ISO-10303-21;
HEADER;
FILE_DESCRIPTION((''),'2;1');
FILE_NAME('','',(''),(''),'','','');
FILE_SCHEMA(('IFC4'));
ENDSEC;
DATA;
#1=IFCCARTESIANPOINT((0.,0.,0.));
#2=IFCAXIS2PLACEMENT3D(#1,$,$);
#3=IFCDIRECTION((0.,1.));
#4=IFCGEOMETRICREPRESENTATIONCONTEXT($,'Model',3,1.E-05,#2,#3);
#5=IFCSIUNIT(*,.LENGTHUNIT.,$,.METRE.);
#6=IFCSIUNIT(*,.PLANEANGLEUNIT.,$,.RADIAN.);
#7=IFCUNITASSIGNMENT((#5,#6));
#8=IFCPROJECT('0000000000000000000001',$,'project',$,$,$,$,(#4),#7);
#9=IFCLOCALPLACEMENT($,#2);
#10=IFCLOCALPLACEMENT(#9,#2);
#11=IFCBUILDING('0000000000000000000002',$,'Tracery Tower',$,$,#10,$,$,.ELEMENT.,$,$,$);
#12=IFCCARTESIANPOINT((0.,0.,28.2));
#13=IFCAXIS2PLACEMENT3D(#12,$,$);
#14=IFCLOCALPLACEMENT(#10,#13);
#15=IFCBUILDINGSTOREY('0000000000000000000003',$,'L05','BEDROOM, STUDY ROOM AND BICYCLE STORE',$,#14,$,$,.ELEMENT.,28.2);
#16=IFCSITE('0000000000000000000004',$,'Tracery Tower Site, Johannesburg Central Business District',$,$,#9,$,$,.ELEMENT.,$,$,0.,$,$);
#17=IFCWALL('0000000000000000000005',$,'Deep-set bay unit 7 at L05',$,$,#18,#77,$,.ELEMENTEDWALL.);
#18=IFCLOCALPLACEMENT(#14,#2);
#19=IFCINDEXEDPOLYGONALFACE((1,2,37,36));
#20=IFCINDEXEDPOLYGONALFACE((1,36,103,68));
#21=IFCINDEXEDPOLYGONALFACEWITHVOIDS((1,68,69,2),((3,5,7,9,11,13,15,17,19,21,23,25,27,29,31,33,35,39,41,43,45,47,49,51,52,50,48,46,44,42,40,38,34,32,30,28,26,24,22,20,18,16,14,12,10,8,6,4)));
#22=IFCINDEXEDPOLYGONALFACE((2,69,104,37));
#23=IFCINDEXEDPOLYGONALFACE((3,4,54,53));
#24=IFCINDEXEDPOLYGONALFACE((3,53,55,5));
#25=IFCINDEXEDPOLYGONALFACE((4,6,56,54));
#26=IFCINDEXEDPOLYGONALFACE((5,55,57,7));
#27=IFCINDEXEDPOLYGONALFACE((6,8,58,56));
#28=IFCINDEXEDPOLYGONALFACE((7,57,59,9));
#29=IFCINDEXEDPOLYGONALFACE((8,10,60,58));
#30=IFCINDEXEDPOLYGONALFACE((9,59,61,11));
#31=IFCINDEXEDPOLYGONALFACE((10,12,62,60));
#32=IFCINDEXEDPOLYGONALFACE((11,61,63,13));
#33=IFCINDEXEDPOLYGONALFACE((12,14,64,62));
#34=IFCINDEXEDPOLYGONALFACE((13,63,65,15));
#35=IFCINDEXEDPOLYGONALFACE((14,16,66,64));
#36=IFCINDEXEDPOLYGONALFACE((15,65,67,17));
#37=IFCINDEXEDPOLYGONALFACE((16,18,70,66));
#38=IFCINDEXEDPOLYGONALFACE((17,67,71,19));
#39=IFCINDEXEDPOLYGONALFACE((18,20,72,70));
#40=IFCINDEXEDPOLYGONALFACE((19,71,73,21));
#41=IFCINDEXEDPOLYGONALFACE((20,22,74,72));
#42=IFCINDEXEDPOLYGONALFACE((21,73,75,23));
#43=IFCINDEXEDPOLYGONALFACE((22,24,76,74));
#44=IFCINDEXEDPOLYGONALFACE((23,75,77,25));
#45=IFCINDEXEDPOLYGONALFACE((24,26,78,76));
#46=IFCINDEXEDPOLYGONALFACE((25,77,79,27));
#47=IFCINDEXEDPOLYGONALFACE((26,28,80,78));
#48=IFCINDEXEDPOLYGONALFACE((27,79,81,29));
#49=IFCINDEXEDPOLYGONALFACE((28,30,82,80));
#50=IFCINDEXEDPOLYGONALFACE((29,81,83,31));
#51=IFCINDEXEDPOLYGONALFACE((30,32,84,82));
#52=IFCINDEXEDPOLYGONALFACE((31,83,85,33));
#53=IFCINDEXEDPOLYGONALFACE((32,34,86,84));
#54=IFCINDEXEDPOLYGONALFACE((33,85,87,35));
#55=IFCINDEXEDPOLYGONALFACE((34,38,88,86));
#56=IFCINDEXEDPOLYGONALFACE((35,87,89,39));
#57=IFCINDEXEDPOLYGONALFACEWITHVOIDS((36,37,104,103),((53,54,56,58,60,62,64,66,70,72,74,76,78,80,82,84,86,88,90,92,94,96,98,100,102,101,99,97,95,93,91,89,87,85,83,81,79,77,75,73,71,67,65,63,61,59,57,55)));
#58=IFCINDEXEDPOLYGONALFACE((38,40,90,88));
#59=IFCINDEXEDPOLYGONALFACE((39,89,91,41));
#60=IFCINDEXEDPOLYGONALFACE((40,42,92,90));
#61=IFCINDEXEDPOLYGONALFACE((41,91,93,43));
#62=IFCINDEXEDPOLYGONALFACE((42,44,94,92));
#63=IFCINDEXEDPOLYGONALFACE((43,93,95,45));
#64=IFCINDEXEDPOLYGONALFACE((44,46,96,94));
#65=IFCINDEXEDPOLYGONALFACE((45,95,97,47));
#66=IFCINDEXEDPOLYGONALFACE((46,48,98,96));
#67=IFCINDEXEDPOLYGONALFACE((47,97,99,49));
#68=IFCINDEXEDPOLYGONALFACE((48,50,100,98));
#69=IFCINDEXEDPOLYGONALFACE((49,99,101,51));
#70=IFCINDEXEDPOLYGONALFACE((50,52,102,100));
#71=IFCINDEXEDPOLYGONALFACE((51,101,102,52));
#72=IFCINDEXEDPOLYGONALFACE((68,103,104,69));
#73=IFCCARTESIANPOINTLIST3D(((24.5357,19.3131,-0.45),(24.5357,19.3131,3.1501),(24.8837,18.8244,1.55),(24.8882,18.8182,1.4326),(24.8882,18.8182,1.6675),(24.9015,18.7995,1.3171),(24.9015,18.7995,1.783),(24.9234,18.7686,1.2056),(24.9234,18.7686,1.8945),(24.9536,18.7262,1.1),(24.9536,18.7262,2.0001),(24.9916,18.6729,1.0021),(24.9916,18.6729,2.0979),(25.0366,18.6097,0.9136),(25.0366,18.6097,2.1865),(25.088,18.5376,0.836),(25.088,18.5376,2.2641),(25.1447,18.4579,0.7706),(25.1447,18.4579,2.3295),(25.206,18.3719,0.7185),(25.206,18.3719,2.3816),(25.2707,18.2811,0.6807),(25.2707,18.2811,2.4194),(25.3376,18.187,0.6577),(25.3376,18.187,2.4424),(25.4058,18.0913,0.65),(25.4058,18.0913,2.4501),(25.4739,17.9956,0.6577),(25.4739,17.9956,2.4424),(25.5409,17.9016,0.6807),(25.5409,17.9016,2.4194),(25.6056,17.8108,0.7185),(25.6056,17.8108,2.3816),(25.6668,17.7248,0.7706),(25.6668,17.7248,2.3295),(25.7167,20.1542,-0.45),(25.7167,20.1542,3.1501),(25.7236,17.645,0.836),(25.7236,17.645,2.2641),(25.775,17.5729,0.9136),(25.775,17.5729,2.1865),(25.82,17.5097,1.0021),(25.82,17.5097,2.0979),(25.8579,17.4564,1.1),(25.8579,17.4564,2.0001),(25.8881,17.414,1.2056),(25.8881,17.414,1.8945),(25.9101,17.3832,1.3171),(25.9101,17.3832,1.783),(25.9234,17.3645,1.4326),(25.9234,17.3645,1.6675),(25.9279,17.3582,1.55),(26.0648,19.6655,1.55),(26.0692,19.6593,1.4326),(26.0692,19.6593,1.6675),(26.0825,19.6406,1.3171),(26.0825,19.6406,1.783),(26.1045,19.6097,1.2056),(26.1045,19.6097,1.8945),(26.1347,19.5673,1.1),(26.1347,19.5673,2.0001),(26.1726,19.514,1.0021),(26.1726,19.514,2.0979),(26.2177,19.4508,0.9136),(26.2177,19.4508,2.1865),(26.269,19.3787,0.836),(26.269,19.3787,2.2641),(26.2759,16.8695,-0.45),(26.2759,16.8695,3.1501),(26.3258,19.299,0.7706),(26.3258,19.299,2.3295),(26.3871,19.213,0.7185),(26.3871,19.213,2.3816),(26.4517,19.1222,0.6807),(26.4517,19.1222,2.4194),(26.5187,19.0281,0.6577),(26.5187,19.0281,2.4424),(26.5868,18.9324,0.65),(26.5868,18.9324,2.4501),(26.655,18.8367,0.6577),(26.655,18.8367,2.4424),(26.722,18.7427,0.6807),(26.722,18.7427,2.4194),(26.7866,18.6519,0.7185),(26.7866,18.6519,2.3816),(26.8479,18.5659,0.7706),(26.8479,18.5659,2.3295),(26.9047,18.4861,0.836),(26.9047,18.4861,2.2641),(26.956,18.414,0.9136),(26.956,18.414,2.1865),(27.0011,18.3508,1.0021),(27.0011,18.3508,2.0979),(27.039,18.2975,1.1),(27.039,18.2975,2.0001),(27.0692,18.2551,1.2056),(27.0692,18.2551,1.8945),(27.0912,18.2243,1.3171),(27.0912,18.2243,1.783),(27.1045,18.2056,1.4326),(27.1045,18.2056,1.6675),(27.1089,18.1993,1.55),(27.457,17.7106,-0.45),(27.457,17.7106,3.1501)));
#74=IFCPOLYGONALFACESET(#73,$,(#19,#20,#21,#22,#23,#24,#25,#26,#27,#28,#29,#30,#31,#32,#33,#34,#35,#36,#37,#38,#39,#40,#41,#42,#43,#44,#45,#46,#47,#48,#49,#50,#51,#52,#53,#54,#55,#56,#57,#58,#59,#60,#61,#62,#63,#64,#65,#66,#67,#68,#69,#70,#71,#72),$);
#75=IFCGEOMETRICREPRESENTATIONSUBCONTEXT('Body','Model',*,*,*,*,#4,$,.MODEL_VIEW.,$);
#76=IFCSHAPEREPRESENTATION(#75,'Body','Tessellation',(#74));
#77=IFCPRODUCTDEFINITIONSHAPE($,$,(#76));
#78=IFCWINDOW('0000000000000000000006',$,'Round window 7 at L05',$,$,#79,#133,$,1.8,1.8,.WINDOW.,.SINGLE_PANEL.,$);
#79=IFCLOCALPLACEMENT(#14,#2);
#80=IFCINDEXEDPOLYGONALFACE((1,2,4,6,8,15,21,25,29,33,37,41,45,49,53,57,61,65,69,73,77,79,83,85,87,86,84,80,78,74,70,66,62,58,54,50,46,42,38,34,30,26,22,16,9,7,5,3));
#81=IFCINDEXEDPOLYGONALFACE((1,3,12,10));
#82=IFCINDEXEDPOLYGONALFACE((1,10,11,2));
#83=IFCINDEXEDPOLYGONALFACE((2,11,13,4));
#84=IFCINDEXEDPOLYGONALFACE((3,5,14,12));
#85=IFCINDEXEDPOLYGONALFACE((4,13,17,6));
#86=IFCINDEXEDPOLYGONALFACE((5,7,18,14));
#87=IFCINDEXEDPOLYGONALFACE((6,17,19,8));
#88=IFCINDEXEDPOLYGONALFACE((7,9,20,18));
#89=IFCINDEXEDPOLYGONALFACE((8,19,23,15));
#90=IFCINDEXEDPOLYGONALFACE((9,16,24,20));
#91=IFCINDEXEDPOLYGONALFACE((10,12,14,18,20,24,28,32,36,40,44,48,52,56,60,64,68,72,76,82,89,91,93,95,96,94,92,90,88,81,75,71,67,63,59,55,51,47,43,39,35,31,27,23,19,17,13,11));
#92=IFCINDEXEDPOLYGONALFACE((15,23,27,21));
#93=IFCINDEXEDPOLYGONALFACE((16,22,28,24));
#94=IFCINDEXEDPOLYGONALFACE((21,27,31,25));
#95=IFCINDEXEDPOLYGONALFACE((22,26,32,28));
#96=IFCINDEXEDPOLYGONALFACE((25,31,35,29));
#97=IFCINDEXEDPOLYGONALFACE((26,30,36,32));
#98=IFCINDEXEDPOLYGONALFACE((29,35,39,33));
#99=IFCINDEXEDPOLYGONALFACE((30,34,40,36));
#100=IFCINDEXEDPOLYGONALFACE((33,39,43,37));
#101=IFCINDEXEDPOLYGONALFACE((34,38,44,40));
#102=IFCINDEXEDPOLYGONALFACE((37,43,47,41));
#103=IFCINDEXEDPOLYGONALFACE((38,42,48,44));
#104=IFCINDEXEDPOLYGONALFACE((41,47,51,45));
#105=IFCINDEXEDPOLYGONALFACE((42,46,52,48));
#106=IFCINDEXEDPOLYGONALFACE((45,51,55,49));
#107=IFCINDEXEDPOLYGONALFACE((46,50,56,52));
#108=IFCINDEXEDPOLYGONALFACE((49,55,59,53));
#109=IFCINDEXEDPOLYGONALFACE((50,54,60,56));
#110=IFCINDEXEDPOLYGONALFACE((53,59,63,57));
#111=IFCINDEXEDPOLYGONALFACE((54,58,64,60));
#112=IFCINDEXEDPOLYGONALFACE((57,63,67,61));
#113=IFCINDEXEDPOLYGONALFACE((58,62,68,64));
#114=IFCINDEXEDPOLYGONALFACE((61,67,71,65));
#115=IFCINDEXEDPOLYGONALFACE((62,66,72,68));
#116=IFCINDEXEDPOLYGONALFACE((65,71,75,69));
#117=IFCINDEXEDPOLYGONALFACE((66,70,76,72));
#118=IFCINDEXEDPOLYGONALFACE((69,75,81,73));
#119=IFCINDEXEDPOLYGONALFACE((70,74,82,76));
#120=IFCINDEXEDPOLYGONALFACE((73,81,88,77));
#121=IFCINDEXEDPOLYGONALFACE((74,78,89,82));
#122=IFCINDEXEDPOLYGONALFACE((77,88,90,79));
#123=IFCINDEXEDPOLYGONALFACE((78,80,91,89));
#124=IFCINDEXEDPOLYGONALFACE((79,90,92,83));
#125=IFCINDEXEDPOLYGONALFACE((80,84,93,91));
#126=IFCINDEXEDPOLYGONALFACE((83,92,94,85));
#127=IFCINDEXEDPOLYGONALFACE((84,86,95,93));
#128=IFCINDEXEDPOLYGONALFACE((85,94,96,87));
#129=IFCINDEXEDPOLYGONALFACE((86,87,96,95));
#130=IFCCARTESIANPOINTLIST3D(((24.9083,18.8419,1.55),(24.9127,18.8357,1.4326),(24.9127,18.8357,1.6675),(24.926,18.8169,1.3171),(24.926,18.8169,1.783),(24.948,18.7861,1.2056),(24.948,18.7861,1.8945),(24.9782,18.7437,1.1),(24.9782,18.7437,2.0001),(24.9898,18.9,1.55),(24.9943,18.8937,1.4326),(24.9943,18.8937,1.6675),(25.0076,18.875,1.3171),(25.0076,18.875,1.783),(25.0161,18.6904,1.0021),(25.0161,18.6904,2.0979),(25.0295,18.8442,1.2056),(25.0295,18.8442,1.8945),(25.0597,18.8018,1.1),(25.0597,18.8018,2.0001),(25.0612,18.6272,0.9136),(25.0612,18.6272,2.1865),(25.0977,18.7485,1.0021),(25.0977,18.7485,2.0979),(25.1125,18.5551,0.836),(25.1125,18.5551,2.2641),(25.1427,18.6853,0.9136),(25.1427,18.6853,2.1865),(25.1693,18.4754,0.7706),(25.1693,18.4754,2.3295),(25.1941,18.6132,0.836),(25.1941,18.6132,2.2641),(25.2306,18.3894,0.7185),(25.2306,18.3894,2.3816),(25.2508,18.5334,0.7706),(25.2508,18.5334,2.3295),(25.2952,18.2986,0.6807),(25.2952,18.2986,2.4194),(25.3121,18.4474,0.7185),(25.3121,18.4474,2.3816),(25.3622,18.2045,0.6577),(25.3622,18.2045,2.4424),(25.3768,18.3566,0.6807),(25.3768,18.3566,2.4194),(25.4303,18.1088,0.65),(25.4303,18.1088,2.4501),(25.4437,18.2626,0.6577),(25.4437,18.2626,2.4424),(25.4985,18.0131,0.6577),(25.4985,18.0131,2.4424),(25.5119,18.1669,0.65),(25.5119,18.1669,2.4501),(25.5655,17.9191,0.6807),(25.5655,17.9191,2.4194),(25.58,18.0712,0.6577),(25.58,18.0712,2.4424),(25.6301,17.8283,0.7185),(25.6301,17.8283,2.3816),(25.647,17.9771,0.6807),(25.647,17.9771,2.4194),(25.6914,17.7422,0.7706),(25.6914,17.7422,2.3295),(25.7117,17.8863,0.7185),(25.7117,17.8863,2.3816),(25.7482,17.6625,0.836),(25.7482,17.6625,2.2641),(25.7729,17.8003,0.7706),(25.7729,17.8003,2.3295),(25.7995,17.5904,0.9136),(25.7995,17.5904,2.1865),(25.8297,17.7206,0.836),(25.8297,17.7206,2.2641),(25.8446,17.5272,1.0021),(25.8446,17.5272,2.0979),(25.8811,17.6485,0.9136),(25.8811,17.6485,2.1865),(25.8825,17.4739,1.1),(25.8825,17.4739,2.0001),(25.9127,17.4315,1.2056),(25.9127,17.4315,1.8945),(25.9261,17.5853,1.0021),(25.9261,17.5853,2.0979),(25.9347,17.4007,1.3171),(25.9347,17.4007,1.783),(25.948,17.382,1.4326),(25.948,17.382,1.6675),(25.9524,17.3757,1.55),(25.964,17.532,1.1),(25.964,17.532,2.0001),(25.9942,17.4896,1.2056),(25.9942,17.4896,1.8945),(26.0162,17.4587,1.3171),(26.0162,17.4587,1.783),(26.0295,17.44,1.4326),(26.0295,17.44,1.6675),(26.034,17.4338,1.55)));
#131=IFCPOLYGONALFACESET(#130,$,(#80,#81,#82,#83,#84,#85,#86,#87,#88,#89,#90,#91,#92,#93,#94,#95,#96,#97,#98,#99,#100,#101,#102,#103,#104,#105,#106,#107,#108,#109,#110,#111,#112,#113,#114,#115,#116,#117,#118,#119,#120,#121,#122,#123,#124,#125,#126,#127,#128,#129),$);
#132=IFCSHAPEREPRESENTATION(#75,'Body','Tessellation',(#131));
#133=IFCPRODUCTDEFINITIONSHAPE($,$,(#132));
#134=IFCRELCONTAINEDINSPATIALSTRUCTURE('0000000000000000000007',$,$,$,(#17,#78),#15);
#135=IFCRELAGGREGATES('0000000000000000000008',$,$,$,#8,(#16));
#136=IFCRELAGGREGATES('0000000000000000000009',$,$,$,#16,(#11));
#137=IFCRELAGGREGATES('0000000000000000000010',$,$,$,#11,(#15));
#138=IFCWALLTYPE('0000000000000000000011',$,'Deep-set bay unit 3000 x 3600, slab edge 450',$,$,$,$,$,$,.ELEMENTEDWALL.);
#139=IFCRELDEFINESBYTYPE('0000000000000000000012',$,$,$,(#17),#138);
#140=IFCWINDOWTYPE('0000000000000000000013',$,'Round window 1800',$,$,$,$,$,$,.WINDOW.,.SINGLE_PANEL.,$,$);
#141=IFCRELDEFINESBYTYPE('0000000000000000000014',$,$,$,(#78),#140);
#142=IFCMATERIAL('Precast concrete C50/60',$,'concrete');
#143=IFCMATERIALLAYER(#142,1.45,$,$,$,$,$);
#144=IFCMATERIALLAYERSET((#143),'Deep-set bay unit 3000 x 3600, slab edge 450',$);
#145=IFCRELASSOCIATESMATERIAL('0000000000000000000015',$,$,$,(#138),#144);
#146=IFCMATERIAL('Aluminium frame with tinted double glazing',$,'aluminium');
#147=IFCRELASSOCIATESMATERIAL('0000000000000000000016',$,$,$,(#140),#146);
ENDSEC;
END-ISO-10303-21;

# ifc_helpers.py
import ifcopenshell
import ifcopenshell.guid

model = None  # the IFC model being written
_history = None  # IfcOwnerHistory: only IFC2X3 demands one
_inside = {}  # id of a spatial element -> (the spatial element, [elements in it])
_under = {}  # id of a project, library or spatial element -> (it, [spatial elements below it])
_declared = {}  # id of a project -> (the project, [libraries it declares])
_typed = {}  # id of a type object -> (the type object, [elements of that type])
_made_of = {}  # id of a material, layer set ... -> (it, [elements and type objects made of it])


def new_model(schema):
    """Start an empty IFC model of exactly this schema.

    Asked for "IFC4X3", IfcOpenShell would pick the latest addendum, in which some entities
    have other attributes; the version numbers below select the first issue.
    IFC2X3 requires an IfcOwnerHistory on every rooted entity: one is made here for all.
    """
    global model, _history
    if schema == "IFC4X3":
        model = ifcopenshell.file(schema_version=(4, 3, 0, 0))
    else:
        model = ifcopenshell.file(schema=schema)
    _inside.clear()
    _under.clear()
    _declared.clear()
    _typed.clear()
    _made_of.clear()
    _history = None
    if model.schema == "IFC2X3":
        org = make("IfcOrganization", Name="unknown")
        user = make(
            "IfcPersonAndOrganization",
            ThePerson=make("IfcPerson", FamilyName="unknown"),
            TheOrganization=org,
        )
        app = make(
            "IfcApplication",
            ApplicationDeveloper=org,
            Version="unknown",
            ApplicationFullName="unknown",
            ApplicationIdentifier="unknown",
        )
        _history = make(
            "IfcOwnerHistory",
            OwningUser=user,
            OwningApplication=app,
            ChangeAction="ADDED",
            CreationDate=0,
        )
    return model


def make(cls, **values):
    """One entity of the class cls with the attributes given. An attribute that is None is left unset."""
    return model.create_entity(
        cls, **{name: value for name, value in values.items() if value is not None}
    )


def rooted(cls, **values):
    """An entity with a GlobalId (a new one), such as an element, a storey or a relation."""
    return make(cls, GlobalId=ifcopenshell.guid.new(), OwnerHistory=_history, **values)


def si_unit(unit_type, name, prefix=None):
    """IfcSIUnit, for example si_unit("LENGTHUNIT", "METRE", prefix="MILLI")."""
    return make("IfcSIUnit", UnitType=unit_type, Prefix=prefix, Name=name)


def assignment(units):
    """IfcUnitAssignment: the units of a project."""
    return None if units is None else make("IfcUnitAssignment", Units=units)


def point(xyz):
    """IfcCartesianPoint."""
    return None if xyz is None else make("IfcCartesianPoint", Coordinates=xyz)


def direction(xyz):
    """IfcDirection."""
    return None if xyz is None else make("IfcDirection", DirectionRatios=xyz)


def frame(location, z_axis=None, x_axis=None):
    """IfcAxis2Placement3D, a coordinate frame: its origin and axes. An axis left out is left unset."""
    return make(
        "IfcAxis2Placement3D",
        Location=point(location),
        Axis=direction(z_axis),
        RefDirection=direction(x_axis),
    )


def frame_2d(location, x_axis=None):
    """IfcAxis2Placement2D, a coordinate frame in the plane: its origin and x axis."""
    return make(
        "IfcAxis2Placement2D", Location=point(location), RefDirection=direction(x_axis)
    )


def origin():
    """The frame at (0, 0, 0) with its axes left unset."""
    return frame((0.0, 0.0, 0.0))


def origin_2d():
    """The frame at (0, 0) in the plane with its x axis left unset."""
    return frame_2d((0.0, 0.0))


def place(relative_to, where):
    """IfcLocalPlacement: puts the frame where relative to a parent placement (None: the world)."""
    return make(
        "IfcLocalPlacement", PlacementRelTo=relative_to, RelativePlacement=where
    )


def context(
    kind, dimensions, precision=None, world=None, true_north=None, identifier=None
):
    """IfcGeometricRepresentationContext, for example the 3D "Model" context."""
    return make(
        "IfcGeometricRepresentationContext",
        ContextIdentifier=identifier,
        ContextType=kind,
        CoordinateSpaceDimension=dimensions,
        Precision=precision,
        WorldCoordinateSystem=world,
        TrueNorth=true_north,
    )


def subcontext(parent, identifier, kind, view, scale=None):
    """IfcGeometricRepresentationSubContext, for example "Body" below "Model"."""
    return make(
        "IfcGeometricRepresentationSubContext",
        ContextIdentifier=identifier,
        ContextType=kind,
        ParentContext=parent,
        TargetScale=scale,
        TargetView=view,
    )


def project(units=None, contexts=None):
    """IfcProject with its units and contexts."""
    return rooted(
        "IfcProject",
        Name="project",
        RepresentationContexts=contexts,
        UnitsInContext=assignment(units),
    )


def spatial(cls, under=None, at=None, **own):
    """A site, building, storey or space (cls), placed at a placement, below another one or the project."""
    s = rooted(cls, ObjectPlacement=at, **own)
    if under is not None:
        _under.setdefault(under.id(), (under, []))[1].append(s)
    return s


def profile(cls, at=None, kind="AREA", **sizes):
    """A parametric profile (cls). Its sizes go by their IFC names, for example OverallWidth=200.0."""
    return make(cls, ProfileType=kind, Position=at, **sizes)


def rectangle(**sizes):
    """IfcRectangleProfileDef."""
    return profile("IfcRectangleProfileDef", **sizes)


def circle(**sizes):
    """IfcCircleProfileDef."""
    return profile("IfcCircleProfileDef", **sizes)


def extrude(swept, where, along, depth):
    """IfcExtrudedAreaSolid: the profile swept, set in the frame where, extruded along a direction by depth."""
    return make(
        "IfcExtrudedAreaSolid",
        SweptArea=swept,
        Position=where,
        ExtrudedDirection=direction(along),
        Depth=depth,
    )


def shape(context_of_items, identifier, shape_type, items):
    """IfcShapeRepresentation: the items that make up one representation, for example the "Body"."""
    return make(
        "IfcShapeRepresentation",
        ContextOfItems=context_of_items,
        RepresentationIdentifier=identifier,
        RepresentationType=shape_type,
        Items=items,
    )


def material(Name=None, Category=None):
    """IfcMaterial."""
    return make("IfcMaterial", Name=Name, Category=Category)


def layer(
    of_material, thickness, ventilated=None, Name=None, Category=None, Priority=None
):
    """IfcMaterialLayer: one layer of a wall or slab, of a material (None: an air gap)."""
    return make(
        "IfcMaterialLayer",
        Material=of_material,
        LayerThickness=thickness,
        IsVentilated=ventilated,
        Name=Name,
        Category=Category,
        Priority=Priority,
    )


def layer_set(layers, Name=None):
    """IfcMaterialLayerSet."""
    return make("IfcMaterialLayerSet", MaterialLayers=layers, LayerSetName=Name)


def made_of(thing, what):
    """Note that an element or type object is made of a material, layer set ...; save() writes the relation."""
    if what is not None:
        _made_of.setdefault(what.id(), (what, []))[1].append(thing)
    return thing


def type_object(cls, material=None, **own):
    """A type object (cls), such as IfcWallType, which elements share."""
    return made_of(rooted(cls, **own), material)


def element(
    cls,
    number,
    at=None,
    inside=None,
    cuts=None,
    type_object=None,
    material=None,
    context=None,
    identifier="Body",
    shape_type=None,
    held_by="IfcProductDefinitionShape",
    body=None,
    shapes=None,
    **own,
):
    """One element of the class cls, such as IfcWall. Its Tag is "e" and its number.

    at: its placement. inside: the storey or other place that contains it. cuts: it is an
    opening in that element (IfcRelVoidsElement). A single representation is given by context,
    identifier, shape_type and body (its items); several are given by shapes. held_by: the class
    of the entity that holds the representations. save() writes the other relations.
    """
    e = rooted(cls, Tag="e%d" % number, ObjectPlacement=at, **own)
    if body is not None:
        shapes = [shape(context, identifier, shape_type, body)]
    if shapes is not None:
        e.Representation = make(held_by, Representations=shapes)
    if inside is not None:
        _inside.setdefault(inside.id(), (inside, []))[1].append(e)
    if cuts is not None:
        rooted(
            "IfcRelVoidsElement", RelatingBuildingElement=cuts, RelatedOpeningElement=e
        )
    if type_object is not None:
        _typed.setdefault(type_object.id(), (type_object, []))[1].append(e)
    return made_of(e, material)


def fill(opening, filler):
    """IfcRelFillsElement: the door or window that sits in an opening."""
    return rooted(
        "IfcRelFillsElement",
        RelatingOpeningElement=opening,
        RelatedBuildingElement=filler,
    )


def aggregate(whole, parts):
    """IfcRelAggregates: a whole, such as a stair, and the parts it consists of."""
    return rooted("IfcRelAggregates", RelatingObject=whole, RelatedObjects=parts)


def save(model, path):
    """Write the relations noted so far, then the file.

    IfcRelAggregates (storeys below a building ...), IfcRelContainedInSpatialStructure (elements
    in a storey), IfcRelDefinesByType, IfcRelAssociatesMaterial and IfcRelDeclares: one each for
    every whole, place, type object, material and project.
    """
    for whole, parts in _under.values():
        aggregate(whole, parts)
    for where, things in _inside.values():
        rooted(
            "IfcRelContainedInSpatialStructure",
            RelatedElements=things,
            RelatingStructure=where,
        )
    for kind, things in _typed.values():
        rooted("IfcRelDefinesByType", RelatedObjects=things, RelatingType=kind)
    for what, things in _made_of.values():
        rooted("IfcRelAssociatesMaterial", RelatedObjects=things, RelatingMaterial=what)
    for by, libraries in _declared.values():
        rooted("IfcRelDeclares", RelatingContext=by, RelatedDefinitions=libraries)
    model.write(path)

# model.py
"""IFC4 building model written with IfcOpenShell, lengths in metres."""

from ifc_helpers import new_model, si_unit, direction, frame, frame_2d, origin, origin_2d, place, context, subcontext, project, spatial, rectangle, circle, extrude, material, layer, layer_set, type_object, element, fill, save


model = new_model("IFC4")

# Units and contexts
model_context = context("Model", 3, precision=1e-05, world=origin(), true_north=direction((0.0, 1.0)))
body_context = subcontext(model_context, "Body", "Model", "MODEL_VIEW")
ifc_project = project(units=[si_unit("LENGTHUNIT", "METRE"), si_unit("PLANEANGLEUNIT", "RADIAN")], contexts=[model_context])

# Site, building, storey
site_placement = place(None, origin())
site = spatial("IfcSite", under=ifc_project, at=site_placement, Name="Tracery Tower Site, Johannesburg Central Business District", CompositionType="ELEMENT", RefElevation=0.0)
building_placement = place(site_placement, origin())
building = spatial("IfcBuilding", under=site, at=building_placement, Name="Tracery Tower", CompositionType="ELEMENT")
storey_placement = place(building_placement, frame((0.0, 0.0, 28.2)))
storey = spatial("IfcBuildingStorey", under=building, at=storey_placement, Name="L05", Description="BEDROOM, STUDY ROOM AND BICYCLE STORE", CompositionType="ELEMENT", Elevation=28.2)

# Wall, opening, window
ifc_material_1 = material(Name="Precast concrete C50/60", Category="concrete")
ifc_layer_1 = layer(ifc_material_1, 1.45)
ifc_layer_set_1 = layer_set([ifc_layer_1], Name="Deep-set bay unit 3000 x 3600, slab edge 450")
wall_type_1 = type_object("IfcWallType", Name="Deep-set bay unit 3000 x 3600, slab edge 450", PredefinedType="ELEMENTEDWALL", material=ifc_layer_set_1)
wall_1_placement = place(storey_placement, frame((26.8665, 17.29, -0.45), z_axis=(0.0, 0.0, 1.0), x_axis=(-0.580091, 0.814552, 0.0)))
wall_1 = element("IfcWall", 1, at=wall_1_placement, inside=storey, type_object=wall_type_1, Name="Deep-set bay unit 7 at L05", PredefinedType="ELEMENTEDWALL", context=body_context, shape_type="SweptSolid", body=[
    extrude(rectangle(XDim=3.0, YDim=1.45, at=frame_2d((1.5, 0.0))), origin(), (0.0, 0.0, 1.0), 3.6001),
])
opening_1_placement = place(wall_1_placement, frame((1.5, 0.0, 2.0)))
opening_1 = element("IfcOpeningElement", 2, at=opening_1_placement, cuts=wall_1, PredefinedType="OPENING", context=body_context, shape_type="SweptSolid", body=[
    extrude(circle(Radius=0.9, at=origin_2d()), frame((0.0, 0.7349, 0.0), z_axis=(0.0, -1.0, 0.0), x_axis=(1.0, 0.0, 0.0)), (0.0, 0.0, 1.0), 1.47),
])
ifc_material_2 = material(Name="Aluminium frame with tinted double glazing", Category="aluminium")
window_type = type_object("IfcWindowType", Name="Round window 1800", PartitioningType="SINGLE_PANEL", PredefinedType="WINDOW", material=ifc_material_2)
window_1_placement = place(opening_1_placement, origin())
window_1 = element("IfcWindow", 3, at=window_1_placement, inside=storey, type_object=window_type, Name="Round window 7 at L05", OverallHeight=1.8, OverallWidth=1.8, PartitioningType="SINGLE_PANEL", PredefinedType="WINDOW", context=body_context, shape_type="SweptSolid", body=[
    extrude(circle(Radius=0.9, at=origin_2d()), frame((0.0, 0.6948, 0.0), z_axis=(0.0, -1.0, 0.0), x_axis=(1.0, 0.0, 0.0)), (0.0, 0.0, 1.0), 0.1001),
])
fill(opening_1, window_1)

save(model, "model.ifc")
